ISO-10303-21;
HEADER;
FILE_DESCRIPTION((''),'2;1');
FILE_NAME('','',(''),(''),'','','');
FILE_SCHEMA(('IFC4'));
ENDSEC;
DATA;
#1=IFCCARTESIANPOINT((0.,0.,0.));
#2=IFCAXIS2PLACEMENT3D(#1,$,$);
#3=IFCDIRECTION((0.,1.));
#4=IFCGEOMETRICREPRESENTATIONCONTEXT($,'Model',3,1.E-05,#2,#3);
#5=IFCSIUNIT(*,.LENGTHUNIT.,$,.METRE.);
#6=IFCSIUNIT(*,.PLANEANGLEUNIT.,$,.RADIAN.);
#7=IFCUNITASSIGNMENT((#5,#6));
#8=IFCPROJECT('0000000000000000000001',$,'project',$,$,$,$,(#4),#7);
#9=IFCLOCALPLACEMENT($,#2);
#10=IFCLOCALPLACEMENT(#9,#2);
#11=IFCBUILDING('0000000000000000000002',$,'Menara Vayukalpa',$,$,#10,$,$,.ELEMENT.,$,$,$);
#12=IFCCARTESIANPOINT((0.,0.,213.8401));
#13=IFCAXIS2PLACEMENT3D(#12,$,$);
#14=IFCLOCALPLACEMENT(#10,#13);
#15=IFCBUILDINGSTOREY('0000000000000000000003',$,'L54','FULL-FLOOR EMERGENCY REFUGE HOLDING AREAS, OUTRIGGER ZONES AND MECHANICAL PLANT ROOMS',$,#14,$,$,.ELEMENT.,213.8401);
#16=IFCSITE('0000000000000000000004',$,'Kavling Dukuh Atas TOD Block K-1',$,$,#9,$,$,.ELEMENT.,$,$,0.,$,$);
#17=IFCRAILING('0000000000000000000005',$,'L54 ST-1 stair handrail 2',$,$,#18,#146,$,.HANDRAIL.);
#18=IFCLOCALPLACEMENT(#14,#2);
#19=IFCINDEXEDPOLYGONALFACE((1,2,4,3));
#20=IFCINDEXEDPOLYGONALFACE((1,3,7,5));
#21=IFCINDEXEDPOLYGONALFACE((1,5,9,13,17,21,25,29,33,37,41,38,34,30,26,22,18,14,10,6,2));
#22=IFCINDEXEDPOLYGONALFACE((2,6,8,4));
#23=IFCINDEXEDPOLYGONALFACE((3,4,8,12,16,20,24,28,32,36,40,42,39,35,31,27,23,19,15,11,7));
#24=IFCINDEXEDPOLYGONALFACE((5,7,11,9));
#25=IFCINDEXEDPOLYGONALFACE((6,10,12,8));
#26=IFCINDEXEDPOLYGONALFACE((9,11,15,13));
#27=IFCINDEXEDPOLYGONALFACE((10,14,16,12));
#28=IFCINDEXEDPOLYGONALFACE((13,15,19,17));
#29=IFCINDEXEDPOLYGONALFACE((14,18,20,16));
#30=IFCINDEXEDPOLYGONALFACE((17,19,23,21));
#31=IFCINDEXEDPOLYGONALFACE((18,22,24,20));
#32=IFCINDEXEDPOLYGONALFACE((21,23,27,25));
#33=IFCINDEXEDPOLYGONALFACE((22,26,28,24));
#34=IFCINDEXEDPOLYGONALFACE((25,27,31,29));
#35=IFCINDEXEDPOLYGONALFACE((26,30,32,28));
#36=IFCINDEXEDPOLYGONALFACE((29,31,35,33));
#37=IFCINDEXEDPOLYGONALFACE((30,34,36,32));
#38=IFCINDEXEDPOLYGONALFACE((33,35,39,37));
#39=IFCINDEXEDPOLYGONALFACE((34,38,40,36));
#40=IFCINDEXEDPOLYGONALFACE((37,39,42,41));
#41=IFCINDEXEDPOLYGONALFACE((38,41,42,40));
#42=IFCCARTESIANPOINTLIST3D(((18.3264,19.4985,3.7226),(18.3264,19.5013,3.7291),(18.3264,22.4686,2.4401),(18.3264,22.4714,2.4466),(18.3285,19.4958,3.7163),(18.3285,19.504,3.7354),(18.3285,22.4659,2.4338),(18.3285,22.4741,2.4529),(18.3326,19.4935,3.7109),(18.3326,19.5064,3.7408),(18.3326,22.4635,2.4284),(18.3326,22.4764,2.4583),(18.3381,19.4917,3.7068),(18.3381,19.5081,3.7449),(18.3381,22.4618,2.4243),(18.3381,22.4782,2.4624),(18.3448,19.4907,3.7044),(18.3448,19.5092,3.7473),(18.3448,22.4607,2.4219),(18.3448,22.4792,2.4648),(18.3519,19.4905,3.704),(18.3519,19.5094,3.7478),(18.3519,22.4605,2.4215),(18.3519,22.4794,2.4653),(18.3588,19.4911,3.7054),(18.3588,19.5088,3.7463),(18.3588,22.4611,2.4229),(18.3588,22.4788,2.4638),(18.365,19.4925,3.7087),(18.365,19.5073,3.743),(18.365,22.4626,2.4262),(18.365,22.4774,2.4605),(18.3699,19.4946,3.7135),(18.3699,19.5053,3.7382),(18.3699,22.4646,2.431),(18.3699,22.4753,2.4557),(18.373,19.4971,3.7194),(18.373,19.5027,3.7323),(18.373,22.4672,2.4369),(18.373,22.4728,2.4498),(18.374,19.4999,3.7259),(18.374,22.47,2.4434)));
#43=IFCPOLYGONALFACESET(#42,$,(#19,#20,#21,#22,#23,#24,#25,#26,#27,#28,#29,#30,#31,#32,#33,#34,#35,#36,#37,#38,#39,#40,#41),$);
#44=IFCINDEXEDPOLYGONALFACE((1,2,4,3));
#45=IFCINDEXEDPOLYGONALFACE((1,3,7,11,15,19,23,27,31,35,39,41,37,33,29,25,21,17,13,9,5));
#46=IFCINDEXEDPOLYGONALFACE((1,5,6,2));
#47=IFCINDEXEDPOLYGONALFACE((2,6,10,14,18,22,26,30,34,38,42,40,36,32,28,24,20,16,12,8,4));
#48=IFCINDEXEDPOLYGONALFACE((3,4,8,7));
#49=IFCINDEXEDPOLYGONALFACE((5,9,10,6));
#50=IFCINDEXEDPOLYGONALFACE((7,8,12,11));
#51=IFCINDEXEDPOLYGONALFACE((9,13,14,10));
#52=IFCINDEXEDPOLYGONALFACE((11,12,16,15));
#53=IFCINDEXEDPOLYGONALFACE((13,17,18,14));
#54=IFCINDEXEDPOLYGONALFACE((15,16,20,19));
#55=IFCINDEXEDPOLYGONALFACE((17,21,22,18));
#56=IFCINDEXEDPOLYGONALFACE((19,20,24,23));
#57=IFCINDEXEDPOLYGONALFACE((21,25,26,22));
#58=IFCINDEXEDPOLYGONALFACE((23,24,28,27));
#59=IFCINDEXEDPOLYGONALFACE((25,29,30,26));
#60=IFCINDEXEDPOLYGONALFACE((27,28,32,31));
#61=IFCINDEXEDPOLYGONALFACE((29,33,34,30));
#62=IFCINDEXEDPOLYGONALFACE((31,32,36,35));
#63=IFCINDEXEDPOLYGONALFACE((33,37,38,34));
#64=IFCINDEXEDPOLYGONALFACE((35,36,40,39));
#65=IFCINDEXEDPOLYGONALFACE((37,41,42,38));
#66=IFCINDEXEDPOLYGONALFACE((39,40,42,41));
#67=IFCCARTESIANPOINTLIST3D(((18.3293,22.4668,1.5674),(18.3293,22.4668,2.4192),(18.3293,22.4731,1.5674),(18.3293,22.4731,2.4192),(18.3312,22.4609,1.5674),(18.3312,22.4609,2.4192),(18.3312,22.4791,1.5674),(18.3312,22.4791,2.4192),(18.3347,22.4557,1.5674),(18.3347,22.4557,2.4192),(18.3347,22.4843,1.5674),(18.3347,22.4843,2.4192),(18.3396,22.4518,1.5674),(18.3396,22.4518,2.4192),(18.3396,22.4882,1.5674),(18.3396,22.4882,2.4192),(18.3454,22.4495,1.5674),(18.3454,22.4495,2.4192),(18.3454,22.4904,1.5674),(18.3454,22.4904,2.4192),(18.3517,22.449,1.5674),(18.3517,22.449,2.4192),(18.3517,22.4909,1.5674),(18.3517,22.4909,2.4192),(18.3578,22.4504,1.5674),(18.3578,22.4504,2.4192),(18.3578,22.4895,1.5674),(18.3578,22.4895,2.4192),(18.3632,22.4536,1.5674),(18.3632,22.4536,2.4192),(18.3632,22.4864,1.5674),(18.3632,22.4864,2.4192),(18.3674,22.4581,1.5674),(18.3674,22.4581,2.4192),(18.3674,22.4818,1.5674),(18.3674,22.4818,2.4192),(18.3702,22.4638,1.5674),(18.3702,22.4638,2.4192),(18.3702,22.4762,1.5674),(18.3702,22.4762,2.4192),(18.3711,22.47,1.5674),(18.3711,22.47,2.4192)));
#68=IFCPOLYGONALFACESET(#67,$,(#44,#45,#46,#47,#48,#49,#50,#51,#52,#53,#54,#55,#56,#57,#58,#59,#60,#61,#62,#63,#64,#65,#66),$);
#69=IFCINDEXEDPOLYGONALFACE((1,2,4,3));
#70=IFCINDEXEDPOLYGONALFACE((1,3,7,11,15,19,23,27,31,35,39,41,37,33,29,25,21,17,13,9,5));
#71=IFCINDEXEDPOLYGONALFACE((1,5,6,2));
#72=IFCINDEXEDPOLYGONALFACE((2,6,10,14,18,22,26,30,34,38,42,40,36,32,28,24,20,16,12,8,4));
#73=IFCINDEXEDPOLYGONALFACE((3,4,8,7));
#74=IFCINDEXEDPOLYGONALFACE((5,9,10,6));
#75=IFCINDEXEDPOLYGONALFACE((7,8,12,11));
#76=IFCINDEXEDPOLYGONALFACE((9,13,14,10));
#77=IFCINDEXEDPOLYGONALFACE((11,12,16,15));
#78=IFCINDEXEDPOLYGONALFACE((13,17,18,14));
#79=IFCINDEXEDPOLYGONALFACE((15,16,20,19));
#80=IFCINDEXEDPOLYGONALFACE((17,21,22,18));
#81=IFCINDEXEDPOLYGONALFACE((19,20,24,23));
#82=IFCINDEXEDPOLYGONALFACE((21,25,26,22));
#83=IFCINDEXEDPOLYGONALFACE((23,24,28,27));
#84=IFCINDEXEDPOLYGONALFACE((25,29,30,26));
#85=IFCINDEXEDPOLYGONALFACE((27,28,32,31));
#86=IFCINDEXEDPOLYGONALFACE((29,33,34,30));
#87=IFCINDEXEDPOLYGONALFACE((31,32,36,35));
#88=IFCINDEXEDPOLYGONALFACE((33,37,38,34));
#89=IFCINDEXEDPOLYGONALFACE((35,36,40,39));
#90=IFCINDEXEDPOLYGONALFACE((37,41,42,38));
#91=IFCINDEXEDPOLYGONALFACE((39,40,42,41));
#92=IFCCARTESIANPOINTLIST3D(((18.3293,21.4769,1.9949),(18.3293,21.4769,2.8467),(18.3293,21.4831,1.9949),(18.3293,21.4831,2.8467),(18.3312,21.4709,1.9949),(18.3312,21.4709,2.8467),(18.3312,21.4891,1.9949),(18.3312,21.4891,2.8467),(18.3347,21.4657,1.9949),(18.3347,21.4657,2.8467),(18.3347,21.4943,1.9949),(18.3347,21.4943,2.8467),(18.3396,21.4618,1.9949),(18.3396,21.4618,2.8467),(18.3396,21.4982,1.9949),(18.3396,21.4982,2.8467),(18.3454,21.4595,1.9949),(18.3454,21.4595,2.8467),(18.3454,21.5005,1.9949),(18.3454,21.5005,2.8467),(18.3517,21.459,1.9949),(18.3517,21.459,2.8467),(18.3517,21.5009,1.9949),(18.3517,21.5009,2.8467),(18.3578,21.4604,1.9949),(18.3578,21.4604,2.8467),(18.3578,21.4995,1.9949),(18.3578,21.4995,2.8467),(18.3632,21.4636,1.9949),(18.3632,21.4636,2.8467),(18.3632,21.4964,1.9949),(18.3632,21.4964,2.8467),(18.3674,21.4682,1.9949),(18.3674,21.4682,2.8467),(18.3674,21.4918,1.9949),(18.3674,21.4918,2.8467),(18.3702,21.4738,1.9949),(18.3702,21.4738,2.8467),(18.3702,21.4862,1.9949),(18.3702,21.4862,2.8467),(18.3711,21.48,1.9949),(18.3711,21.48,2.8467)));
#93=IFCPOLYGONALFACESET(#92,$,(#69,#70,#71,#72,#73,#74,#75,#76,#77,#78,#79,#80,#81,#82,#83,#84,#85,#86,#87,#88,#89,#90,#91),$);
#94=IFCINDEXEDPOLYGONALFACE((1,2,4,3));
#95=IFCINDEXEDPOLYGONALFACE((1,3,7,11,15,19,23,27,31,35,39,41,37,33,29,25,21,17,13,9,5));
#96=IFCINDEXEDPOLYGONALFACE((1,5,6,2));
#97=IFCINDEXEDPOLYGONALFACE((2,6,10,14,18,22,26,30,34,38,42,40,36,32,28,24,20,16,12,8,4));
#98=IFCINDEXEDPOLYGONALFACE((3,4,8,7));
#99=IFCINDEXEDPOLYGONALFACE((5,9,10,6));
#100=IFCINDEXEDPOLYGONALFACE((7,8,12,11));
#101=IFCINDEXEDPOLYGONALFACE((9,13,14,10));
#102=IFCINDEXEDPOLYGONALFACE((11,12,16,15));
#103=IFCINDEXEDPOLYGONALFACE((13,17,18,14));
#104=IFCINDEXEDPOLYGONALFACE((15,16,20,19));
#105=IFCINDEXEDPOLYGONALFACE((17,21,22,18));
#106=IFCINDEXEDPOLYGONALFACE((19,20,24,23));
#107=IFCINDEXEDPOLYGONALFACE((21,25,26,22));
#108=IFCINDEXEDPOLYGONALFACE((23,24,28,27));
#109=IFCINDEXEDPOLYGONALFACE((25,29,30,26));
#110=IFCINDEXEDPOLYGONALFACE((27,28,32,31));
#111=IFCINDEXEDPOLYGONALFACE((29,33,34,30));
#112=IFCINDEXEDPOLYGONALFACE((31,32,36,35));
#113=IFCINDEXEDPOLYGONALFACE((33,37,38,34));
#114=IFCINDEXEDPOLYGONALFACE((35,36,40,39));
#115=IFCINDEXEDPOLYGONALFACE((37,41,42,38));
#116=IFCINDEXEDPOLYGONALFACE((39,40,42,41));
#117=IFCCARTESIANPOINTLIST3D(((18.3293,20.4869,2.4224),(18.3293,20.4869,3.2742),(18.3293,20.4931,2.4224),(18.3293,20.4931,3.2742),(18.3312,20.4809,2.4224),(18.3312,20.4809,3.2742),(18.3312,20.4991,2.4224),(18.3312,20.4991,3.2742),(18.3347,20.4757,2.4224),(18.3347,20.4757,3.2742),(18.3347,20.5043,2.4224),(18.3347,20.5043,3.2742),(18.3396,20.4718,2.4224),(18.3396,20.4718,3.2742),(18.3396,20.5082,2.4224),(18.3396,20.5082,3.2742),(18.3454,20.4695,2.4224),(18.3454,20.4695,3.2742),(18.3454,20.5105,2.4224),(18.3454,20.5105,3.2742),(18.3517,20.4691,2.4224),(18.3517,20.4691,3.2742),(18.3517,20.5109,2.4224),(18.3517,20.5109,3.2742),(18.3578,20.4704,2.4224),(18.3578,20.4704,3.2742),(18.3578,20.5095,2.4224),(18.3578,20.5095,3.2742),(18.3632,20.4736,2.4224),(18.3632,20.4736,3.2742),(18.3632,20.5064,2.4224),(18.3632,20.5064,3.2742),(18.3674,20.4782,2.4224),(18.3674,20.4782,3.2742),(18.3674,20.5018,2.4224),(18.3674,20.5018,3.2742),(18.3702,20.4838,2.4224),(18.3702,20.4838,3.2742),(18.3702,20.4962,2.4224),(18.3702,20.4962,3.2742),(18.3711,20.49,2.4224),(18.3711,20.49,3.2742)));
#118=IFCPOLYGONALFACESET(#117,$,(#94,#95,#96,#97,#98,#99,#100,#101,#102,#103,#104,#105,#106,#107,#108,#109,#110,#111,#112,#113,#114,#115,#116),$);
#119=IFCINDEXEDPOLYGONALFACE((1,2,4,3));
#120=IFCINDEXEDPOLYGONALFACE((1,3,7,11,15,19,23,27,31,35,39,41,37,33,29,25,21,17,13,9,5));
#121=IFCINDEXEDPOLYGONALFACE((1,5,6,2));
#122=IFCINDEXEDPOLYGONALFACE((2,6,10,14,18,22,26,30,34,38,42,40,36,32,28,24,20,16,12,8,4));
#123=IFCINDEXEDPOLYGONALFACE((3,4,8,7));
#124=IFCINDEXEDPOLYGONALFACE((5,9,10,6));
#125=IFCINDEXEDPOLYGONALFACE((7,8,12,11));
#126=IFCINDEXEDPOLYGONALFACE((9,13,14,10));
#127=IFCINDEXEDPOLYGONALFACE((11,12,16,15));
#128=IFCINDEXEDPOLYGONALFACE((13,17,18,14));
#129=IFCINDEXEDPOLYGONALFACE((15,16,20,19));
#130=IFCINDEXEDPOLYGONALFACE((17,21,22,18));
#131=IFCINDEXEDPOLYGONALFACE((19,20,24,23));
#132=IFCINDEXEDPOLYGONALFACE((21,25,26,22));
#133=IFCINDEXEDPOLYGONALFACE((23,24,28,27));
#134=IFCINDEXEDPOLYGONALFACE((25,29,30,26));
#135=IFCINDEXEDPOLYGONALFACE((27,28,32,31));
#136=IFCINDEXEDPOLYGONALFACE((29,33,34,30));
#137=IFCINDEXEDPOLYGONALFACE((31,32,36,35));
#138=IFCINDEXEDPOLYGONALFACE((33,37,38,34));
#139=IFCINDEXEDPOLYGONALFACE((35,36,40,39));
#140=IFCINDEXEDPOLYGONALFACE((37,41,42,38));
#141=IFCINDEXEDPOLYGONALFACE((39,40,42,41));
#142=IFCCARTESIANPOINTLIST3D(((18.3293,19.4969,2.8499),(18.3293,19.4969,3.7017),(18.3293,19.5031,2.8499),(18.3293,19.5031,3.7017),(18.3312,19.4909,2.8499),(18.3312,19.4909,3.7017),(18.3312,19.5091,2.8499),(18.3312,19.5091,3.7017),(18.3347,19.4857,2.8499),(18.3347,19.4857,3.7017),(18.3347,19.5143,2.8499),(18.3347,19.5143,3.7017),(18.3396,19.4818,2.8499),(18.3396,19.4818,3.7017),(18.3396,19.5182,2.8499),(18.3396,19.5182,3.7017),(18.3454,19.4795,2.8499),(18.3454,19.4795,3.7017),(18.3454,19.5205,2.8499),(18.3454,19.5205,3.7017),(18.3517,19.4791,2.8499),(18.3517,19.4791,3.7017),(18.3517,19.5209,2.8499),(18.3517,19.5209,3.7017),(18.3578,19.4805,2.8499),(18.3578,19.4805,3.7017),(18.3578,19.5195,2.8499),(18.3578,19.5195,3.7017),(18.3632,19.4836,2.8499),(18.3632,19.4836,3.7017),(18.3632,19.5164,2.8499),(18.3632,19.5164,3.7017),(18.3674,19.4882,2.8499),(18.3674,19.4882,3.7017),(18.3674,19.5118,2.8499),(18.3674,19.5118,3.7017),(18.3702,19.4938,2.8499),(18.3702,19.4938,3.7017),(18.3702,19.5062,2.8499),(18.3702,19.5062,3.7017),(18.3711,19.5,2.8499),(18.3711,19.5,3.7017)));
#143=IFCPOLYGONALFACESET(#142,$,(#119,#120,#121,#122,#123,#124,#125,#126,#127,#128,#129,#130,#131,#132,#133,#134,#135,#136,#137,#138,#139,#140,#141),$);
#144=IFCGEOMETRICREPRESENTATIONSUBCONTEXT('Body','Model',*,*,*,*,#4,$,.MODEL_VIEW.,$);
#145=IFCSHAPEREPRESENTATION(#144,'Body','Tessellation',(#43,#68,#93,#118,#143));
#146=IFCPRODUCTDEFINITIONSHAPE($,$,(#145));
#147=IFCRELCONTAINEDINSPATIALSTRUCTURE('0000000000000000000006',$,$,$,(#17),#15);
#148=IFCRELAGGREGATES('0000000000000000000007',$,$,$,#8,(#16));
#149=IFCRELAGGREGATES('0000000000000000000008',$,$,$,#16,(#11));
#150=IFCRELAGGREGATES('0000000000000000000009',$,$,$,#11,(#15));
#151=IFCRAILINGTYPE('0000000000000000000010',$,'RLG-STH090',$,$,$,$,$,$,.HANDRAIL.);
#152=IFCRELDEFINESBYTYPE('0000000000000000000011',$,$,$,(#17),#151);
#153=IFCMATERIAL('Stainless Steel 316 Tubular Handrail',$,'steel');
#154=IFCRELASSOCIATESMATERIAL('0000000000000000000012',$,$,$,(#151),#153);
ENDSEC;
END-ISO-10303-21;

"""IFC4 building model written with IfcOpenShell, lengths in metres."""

from ifc_helpers import new_model, si_unit, direction, frame, origin, origin_2d, place, context, subcontext, project, spatial, circle, extrude, material, type_object, element, save


model = new_model("IFC4")

# Units and contexts
model_context = context("Model", 3, precision=1e-05, world=origin(), true_north=direction((0.0, 1.0)))
body_context = subcontext(model_context, "Body", "Model", "MODEL_VIEW")
ifc_project = project(units=[si_unit("LENGTHUNIT", "METRE"), si_unit("PLANEANGLEUNIT", "RADIAN")], contexts=[model_context])

# Site, building, storey
site_placement = place(None, origin())
site = spatial("IfcSite", under=ifc_project, at=site_placement, Name="Kavling Dukuh Atas TOD Block K-1", CompositionType="ELEMENT", RefElevation=0.0)
building_placement = place(site_placement, origin())
building = spatial("IfcBuilding", under=site, at=building_placement, Name="Menara Vayukalpa", CompositionType="ELEMENT")
storey_placement = place(building_placement, frame((0.0, 0.0, 213.8401)))
storey = spatial("IfcBuildingStorey", under=building, at=storey_placement, Name="L54", Description="FULL-FLOOR EMERGENCY REFUGE HOLDING AREAS, OUTRIGGER ZONES AND MECHANICAL PLANT ROOMS", CompositionType="ELEMENT", Elevation=213.8401)

# Railing
ifc_material_1 = material(Name="Stainless Steel 316 Tubular Handrail", Category="steel")
railing_type_1 = type_object("IfcRailingType", Name="RLG-STH090", PredefinedType="HANDRAIL", material=ifc_material_1)
railing_1_placement = place(storey_placement, frame((18.3501, 22.47, 1.5674)))
element("IfcRailing", 1, at=railing_1_placement, inside=storey, type_object=railing_type_1, Name="L54 ST-1 stair handrail 2", PredefinedType="HANDRAIL", context=body_context, shape_type="SweptSolid", body=[
    extrude(circle(Radius=0.0239, at=origin_2d()), frame((0.0, 0.0, 0.876), z_axis=(0.0, -0.918064, 0.396432), x_axis=(1.0, 0.0, 0.0)), (0.0, 0.0, 1.0), 3.2351),
    extrude(circle(Radius=0.021, at=origin_2d()), origin(), (0.0, 0.0, 1.0), 0.8518),
    extrude(circle(Radius=0.021, at=origin_2d()), frame((0.0, -0.99, 0.4275)), (0.0, 0.0, 1.0), 0.8518),
    extrude(circle(Radius=0.021, at=origin_2d()), frame((0.0, -1.98, 0.855)), (0.0, 0.0, 1.0), 0.8518),
    extrude(circle(Radius=0.021, at=origin_2d()), frame((0.0, -2.97, 1.2825)), (0.0, 0.0, 1.0), 0.8518),
])

save(model, "model.ifc")
